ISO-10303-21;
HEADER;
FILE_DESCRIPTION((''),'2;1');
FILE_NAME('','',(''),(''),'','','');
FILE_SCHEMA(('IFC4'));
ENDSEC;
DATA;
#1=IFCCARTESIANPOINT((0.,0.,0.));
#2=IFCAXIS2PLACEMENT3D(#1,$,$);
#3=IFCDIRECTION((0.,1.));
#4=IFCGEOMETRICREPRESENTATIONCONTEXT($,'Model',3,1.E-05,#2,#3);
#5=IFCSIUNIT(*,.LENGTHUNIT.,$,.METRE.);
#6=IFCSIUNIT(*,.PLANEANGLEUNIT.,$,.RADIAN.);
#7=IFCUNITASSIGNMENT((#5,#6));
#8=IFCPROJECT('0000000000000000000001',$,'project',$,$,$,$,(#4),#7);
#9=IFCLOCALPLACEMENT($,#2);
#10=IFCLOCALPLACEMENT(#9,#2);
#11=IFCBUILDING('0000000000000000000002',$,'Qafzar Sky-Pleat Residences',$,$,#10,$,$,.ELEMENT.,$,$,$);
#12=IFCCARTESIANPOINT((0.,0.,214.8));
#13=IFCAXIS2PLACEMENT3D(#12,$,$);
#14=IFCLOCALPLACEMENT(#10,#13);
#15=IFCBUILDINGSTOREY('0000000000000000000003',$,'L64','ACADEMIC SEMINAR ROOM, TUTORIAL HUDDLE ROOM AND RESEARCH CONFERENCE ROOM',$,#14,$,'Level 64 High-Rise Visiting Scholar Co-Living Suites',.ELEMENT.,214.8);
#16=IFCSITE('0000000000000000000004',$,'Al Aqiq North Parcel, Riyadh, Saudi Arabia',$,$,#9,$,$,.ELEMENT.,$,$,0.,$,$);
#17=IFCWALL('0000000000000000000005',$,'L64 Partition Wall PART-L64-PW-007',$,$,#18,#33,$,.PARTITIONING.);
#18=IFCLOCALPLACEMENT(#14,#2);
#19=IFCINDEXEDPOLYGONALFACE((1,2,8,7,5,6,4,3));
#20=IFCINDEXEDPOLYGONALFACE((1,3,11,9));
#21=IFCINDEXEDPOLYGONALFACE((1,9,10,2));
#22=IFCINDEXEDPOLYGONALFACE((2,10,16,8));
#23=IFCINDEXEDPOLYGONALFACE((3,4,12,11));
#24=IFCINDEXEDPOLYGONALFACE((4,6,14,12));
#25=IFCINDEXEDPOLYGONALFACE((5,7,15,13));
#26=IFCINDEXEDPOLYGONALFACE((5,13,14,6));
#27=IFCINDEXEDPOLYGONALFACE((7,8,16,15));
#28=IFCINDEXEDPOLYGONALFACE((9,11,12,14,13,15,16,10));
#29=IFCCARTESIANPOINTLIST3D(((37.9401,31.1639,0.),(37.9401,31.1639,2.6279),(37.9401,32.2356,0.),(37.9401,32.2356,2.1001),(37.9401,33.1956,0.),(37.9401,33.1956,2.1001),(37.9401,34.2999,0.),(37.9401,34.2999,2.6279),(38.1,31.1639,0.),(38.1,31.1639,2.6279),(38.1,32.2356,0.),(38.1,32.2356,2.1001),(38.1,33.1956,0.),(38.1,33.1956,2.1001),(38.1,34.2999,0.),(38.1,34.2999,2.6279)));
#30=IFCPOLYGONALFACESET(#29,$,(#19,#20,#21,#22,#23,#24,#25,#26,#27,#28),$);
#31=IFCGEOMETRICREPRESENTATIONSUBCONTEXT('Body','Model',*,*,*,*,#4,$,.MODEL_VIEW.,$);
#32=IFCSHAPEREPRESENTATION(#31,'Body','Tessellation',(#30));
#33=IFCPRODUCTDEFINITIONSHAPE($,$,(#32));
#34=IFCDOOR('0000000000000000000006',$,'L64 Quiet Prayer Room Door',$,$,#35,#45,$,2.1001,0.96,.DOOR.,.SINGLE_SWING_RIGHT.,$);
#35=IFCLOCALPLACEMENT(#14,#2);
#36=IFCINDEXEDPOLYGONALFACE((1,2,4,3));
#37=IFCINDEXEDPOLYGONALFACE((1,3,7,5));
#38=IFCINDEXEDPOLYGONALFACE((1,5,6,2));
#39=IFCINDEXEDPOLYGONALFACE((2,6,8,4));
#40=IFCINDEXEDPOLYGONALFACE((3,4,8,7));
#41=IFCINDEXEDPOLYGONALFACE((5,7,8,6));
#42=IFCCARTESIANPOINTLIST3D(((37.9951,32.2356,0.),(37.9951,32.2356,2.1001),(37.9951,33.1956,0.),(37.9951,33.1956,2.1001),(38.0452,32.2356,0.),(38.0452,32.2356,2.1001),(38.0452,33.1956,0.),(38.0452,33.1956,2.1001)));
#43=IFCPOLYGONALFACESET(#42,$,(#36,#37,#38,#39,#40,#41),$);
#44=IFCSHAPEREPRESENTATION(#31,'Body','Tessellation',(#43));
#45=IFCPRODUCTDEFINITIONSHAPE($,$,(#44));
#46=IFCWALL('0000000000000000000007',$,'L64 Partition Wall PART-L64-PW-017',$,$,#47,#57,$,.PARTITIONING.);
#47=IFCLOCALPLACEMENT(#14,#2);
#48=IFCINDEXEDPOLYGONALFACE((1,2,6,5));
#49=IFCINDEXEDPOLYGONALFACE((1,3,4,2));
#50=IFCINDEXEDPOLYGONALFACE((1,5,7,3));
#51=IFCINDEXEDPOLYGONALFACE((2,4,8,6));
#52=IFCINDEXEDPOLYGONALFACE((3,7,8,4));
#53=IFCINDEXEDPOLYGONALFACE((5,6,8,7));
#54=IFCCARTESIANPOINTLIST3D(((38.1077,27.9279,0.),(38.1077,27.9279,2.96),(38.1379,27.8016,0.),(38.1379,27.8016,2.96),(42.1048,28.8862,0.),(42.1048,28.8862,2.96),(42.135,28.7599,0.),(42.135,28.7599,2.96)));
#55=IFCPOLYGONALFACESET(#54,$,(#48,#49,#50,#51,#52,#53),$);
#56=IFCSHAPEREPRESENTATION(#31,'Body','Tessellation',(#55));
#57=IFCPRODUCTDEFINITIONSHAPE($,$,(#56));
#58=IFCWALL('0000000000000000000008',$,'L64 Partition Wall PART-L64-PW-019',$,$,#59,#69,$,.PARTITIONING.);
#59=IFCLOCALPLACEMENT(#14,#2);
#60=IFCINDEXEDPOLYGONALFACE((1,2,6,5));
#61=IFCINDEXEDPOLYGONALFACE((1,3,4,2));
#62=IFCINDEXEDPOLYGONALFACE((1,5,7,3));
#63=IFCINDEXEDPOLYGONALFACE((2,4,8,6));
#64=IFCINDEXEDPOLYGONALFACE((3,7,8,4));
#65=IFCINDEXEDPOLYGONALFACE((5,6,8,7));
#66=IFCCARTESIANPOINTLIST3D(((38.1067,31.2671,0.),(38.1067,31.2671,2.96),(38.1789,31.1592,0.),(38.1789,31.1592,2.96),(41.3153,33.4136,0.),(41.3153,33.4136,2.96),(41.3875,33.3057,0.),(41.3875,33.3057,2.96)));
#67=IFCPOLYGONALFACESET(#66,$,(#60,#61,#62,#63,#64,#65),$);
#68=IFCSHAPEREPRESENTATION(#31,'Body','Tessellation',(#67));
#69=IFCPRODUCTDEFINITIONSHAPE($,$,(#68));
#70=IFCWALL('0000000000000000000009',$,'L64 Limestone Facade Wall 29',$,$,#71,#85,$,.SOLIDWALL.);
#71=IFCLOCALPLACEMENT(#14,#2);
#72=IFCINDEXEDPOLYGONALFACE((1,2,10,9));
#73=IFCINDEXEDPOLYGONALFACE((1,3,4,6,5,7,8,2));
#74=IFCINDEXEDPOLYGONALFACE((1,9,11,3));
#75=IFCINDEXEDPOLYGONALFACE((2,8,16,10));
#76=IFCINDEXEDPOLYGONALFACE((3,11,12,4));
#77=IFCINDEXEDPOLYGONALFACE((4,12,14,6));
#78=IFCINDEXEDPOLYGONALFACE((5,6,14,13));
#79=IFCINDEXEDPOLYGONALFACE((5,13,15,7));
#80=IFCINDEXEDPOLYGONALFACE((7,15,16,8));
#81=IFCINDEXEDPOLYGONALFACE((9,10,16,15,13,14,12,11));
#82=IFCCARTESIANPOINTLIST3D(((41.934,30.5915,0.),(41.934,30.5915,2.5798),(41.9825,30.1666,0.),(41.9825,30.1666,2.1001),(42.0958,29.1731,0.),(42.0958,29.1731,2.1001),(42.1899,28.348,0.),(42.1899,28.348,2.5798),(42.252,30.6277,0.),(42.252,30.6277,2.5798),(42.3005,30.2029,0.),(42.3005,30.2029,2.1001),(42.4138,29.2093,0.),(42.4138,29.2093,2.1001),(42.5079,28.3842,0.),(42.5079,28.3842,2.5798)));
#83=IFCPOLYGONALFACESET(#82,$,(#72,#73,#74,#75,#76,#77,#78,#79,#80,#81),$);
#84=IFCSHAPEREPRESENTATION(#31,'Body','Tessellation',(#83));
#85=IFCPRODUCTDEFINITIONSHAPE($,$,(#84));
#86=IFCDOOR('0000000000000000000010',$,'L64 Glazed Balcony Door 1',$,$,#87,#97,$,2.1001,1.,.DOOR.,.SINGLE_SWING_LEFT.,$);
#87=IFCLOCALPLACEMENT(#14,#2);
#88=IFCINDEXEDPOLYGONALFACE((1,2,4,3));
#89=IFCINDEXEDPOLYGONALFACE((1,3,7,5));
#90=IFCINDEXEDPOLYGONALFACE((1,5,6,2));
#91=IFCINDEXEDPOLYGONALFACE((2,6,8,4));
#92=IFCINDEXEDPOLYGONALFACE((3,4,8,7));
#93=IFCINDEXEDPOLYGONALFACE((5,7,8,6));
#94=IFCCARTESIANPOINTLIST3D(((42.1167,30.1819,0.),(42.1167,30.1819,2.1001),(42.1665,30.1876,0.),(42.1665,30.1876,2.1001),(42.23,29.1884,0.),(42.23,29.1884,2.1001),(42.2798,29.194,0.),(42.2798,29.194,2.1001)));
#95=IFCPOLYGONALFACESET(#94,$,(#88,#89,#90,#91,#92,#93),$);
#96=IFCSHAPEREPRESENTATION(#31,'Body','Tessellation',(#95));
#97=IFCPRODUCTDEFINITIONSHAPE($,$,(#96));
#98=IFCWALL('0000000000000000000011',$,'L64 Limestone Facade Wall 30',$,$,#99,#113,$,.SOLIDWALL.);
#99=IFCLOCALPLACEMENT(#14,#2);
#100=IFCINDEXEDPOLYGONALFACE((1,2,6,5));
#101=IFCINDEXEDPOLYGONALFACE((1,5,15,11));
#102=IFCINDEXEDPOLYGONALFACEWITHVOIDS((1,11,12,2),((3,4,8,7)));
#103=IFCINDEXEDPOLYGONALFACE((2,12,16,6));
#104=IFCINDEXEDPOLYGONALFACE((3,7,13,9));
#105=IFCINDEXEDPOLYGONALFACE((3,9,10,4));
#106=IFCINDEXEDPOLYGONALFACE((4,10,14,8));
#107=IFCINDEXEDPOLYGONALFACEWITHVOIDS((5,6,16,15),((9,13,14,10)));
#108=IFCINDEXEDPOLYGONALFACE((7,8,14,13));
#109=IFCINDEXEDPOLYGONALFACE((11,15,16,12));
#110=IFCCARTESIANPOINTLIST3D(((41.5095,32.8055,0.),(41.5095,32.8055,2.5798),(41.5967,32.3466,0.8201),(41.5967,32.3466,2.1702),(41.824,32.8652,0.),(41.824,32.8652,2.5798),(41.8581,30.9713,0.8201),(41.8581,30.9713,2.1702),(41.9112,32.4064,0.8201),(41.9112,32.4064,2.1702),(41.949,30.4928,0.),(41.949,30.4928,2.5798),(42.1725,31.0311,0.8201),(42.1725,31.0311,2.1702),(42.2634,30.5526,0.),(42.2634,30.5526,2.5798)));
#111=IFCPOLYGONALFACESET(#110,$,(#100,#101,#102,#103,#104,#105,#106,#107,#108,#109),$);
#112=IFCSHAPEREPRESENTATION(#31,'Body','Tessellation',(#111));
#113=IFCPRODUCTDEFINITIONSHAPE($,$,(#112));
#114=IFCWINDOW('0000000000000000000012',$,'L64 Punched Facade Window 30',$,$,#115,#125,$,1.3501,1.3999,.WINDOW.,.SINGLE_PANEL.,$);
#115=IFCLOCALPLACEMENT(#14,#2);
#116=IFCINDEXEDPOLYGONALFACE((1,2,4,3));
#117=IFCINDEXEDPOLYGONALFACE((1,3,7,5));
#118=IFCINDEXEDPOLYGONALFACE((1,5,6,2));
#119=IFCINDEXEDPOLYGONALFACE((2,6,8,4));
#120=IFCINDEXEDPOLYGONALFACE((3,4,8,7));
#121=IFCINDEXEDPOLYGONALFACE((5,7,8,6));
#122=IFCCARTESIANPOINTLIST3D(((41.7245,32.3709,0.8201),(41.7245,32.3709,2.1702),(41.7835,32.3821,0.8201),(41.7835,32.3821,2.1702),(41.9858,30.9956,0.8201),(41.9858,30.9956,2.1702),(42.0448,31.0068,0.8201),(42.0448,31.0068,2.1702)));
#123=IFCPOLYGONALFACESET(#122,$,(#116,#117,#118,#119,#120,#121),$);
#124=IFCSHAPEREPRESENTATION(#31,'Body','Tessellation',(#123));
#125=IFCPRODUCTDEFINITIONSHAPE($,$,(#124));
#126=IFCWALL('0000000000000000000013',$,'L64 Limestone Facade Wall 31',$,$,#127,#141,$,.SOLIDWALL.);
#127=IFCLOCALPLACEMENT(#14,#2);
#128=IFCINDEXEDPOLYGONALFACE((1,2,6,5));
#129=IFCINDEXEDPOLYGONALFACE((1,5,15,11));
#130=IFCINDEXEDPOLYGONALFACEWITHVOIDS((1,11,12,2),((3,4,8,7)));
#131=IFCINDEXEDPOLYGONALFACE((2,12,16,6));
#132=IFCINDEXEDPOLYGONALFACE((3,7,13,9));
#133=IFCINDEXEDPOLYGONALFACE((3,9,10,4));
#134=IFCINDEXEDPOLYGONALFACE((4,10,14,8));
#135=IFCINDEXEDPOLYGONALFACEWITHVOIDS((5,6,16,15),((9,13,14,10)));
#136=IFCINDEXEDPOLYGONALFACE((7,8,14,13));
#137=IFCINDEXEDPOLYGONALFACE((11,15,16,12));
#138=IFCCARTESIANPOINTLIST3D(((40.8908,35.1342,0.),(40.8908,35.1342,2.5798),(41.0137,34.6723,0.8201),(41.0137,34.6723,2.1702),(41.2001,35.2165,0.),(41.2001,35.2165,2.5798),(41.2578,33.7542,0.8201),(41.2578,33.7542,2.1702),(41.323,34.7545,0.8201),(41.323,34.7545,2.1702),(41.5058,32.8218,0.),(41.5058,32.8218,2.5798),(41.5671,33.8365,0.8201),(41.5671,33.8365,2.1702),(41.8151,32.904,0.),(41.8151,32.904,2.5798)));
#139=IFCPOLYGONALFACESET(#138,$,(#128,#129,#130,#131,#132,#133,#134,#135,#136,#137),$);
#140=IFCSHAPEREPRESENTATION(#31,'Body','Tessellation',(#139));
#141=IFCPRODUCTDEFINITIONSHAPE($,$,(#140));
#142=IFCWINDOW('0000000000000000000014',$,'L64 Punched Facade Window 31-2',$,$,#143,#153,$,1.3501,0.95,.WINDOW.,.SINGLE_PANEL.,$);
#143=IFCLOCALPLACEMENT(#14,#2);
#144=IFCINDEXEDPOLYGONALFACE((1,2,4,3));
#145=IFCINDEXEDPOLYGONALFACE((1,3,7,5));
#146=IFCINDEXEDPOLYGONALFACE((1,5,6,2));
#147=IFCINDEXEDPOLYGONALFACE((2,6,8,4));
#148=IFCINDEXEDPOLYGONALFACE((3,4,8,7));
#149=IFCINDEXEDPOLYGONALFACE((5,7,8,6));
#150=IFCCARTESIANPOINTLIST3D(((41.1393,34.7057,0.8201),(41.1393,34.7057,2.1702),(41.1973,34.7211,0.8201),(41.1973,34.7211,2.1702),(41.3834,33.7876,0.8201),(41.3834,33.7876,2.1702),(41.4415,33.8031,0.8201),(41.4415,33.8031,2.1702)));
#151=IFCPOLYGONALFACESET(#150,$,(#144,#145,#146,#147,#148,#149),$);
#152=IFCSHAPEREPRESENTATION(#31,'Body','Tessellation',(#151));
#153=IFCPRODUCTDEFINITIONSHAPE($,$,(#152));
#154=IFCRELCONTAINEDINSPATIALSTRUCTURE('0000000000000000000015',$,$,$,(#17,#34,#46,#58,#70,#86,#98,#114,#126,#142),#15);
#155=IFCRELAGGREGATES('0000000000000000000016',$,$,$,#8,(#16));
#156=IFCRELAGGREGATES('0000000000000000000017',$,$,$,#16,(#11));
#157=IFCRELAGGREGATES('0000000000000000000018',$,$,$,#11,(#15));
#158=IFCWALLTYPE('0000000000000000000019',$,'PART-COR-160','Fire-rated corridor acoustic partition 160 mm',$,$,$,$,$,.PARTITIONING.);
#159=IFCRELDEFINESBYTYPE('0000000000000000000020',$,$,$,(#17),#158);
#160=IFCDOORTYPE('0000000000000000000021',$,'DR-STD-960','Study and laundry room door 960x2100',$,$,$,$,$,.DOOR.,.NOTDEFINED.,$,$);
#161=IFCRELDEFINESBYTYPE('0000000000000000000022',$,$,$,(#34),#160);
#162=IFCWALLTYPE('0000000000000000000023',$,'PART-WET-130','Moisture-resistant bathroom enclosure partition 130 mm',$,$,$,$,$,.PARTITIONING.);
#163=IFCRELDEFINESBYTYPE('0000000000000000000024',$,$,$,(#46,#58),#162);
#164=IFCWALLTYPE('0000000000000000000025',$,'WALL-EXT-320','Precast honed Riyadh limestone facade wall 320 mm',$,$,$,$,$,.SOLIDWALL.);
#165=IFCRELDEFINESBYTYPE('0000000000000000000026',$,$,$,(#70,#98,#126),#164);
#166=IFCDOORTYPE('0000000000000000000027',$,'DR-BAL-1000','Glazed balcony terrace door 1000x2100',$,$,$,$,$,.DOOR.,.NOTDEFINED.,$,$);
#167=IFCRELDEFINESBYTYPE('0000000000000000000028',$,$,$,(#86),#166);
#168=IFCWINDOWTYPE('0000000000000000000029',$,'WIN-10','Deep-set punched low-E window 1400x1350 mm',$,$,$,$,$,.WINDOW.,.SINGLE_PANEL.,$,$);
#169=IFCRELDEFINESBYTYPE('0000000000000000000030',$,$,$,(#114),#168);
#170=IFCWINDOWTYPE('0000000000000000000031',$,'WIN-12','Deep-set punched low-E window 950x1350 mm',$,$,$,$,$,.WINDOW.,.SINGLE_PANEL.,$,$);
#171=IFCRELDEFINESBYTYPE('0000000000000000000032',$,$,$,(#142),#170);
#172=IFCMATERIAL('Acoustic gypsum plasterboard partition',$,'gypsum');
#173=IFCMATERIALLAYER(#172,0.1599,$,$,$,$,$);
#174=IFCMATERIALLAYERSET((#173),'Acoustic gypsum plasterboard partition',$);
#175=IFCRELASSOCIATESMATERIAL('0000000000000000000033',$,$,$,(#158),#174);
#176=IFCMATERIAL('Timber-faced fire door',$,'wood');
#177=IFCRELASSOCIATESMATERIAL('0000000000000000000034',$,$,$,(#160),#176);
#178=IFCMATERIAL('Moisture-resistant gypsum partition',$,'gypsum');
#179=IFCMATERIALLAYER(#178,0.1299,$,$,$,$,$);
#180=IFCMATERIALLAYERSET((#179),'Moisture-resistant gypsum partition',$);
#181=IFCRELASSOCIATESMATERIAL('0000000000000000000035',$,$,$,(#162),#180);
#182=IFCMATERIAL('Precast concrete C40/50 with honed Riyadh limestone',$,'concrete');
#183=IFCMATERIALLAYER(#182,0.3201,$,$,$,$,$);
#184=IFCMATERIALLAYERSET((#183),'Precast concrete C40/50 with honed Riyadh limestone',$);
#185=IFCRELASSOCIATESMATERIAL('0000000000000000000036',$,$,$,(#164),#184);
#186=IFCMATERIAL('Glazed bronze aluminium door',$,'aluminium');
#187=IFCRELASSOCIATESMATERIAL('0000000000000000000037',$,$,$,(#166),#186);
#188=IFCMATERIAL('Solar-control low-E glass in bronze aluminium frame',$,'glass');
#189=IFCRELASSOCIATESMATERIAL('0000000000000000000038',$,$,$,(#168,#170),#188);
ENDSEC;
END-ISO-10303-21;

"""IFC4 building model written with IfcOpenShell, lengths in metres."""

from ifc_helpers import new_model, si_unit, direction, frame, frame_2d, origin, place, context, subcontext, project, spatial, rectangle, extrude, source, transform, mapped, material, layer, layer_set, type_object, element, fill, save


model = new_model("IFC4")

# Units and contexts
model_context = context("Model", 3, precision=1e-05, world=origin(), true_north=direction((0.0, 1.0)))
body_context = subcontext(model_context, "Body", "Model", "MODEL_VIEW")
ifc_project = project(units=[si_unit("LENGTHUNIT", "METRE"), si_unit("PLANEANGLEUNIT", "RADIAN")], contexts=[model_context])

# Site, building, storey
site_placement = place(None, origin())
site = spatial("IfcSite", under=ifc_project, at=site_placement, Name="Al Aqiq North Parcel, Riyadh, Saudi Arabia", CompositionType="ELEMENT", RefElevation=0.0)
building_placement = place(site_placement, origin())
building = spatial("IfcBuilding", under=site, at=building_placement, Name="Qafzar Sky-Pleat Residences", CompositionType="ELEMENT")
storey_placement = place(building_placement, frame((0.0, 0.0, 214.8)))
storey = spatial("IfcBuildingStorey", under=building, at=storey_placement, Name="L64", Description="ACADEMIC SEMINAR ROOM, TUTORIAL HUDDLE ROOM AND RESEARCH CONFERENCE ROOM", LongName="Level 64 High-Rise Visiting Scholar Co-Living Suites", CompositionType="ELEMENT", Elevation=214.8)

# Wall, opening, door
ifc_material_1 = material(Name="Acoustic gypsum plasterboard partition", Category="gypsum")
ifc_layer_1 = layer(ifc_material_1, 0.1599)
ifc_layer_set_1 = layer_set([ifc_layer_1], Name="Acoustic gypsum plasterboard partition")
wall_type_1 = type_object("IfcWallType", Name="PART-COR-160", Description="Fire-rated corridor acoustic partition 160 mm", PredefinedType="PARTITIONING", material=ifc_layer_set_1)
wall_1_placement = place(storey_placement, frame((38.02, 31.1641, 0.0), z_axis=(0.0, 0.0, 1.0), x_axis=(0.0, 1.0, 0.0)))
wall_1 = element("IfcWall", 1, at=wall_1_placement, inside=storey, type_object=wall_type_1, Name="L64 Partition Wall PART-L64-PW-007", PredefinedType="PARTITIONING", context=body_context, shape_type="SweptSolid", body=[
    extrude(rectangle(XDim=3.136, YDim=0.1599, at=frame_2d((1.5679, 0.0))), origin(), (0.0, 0.0, 1.0), 2.6279),
])
opening_1_placement = place(wall_1_placement, frame((1.0715, 0.0, 0.0)))
opening_1 = element("IfcOpeningElement", 2, at=opening_1_placement, cuts=wall_1, PredefinedType="OPENING", context=body_context, shape_type="SweptSolid", body=[
    extrude(rectangle(XDim=0.96, YDim=2.1001, at=frame_2d((0.48, 1.05))), frame((0.0, 0.0898, 0.0), z_axis=(0.0, -1.0, 0.0), x_axis=(1.0, 0.0, 0.0)), (0.0, 0.0, 1.0), 0.1799),
])
ifc_material_2 = material(Name="Timber-faced fire door", Category="wood")
door_type_1 = type_object("IfcDoorType", Name="DR-STD-960", Description="Study and laundry room door 960x2100", OperationType="NOTDEFINED", PredefinedType="DOOR", material=ifc_material_2)
shared_shape_1 = source(origin(), body_context, "Body", "SweptSolid", [
    extrude(rectangle(XDim=0.96, YDim=2.1001, at=frame_2d((0.48, 1.05))), frame((0.0, 0.0249, 0.0), z_axis=(0.0, -1.0, 0.0), x_axis=(1.0, 0.0, 0.0)), (0.0, 0.0, 1.0), 0.05),
])
door_1_placement = place(opening_1_placement, origin())
door_1 = element("IfcDoor", 3, at=door_1_placement, inside=storey, type_object=door_type_1, Name="L64 Quiet Prayer Room Door", OperationType="SINGLE_SWING_RIGHT", OverallHeight=2.1001, OverallWidth=0.96, PredefinedType="DOOR", context=body_context, shape_type="MappedRepresentation", body=[
    mapped(shared_shape_1, transform((0.0, 0.0, 0.0), x_axis=(1.0, 0.0, 0.0), y_axis=(0.0, 1.0, 0.0), z_axis=(0.0, 0.0, 1.0), scale=1.0)),
])
fill(opening_1, door_1)

# Walls
ifc_material_3 = material(Name="Moisture-resistant gypsum partition", Category="gypsum")
ifc_layer_2 = layer(ifc_material_3, 0.1299)
ifc_layer_set_2 = layer_set([ifc_layer_2], Name="Moisture-resistant gypsum partition")
wall_type_2 = type_object("IfcWallType", Name="PART-WET-130", Description="Moisture-resistant bathroom enclosure partition 130 mm", PredefinedType="PARTITIONING", material=ifc_layer_set_2)
wall_2_placement = place(storey_placement, frame((38.1228, 27.8647, 0.0), z_axis=(0.0, 0.0, 1.0), x_axis=(0.972445, 0.233133, 0.0)))
element("IfcWall", 4, at=wall_2_placement, inside=storey, type_object=wall_type_2, Name="L64 Partition Wall PART-L64-PW-017", PredefinedType="PARTITIONING", context=body_context, shape_type="SweptSolid", body=[
    extrude(rectangle(XDim=4.1104, YDim=0.1299, at=frame_2d((2.0552, 0.0))), origin(), (0.0, 0.0, 1.0), 2.96),
])
wall_3_placement = place(storey_placement, frame((38.1428, 31.2131, 0.0), z_axis=(0.0, 0.0, 1.0), x_axis=(0.831154, 0.556042, 0.0)))
element("IfcWall", 5, at=wall_3_placement, inside=storey, type_object=wall_type_2, Name="L64 Partition Wall PART-L64-PW-019", PredefinedType="PARTITIONING", context=body_context, shape_type="SweptSolid", body=[
    extrude(rectangle(XDim=3.8604, YDim=0.1299, at=frame_2d((1.9302, 0.0))), origin(), (0.0, 0.0, 1.0), 2.96),
])

# Wall, opening, door
ifc_material_4 = material(Name="Precast concrete C40/50 with honed Riyadh limestone", Category="concrete")
ifc_layer_3 = layer(ifc_material_4, 0.3201)
ifc_layer_set_3 = layer_set([ifc_layer_3], Name="Precast concrete C40/50 with honed Riyadh limestone")
wall_type_3 = type_object("IfcWallType", Name="WALL-EXT-320", Description="Precast honed Riyadh limestone facade wall 320 mm", PredefinedType="SOLIDWALL", material=ifc_layer_set_3)
wall_4_placement = place(storey_placement, frame((42.3489, 28.3662, 0.0), z_axis=(0.0, 0.0, 1.0), x_axis=(-0.113315, 0.993559, 0.0)))
wall_4 = element("IfcWall", 6, at=wall_4_placement, inside=storey, type_object=wall_type_3, Name="L64 Limestone Facade Wall 29", PredefinedType="SOLIDWALL", context=body_context, shape_type="SweptSolid", body=[
    extrude(rectangle(XDim=2.2581, YDim=0.3201, at=frame_2d((1.1289, 0.0))), origin(), (0.0, 0.0, 1.0), 2.5798),
])
opening_2_placement = place(wall_4_placement, frame((0.8303, 0.0, 0.0)))
opening_2 = element("IfcOpeningElement", 7, at=opening_2_placement, cuts=wall_4, PredefinedType="OPENING", context=body_context, shape_type="SweptSolid", body=[
    extrude(rectangle(XDim=1.0, YDim=2.1001, at=frame_2d((0.5, 1.05))), frame((0.0, 0.1699, 0.0), z_axis=(0.0, -1.0, 0.0), x_axis=(1.0, 0.0, 0.0)), (0.0, 0.0, 1.0), 0.3401),
])
ifc_material_5 = material(Name="Glazed bronze aluminium door", Category="aluminium")
door_type_2 = type_object("IfcDoorType", Name="DR-BAL-1000", Description="Glazed balcony terrace door 1000x2100", OperationType="NOTDEFINED", PredefinedType="DOOR", material=ifc_material_5)
shared_shape_2 = source(origin(), body_context, "Body", "SweptSolid", [
    extrude(rectangle(XDim=1.0, YDim=2.1001, at=frame_2d((0.5, 1.05))), frame((0.0, 0.0249, 0.0), z_axis=(0.0, -1.0, 0.0), x_axis=(1.0, 0.0, 0.0)), (0.0, 0.0, 1.0), 0.05),
])
door_2_placement = place(opening_2_placement, origin())
door_2 = element("IfcDoor", 8, at=door_2_placement, inside=storey, type_object=door_type_2, Name="L64 Glazed Balcony Door 1", OperationType="SINGLE_SWING_LEFT", OverallHeight=2.1001, OverallWidth=1.0, PredefinedType="DOOR", context=body_context, shape_type="MappedRepresentation", body=[
    mapped(shared_shape_2, transform((0.0, 0.0, 0.0), x_axis=(1.0, 0.0, 0.0), y_axis=(0.0, 1.0, 0.0), z_axis=(0.0, 0.0, 1.0), scale=1.0)),
])
fill(opening_2, door_2)

# Walls, openings, windows
wall_5_placement = place(storey_placement, frame((42.1062, 30.5227, 0.0), z_axis=(0.0, 0.0, 1.0), x_axis=(-0.186674, 0.982422, 0.0)))
wall_5 = element("IfcWall", 9, at=wall_5_placement, inside=storey, type_object=wall_type_3, Name="L64 Limestone Facade Wall 30", PredefinedType="SOLIDWALL", context=body_context, shape_type="SweptSolid", body=[
    extrude(rectangle(XDim=2.354, YDim=0.3201, at=frame_2d((1.177, 0.0))), origin(), (0.0, 0.0, 1.0), 2.5798),
])
opening_3_placement = place(wall_5_placement, frame((0.4871, 0.0, 0.8201)))
opening_3 = element("IfcOpeningElement", 10, at=opening_3_placement, cuts=wall_5, PredefinedType="OPENING", context=body_context, shape_type="SweptSolid", body=[
    extrude(rectangle(XDim=1.3999, YDim=1.3501, at=frame_2d((0.7, 0.675))), frame((0.0, 0.1699, 0.0), z_axis=(0.0, -1.0, 0.0), x_axis=(1.0, 0.0, 0.0)), (0.0, 0.0, 1.0), 0.3401),
])
ifc_material_6 = material(Name="Solar-control low-E glass in bronze aluminium frame", Category="glass")
window_type_1 = type_object("IfcWindowType", Name="WIN-10", Description="Deep-set punched low-E window 1400x1350 mm", PartitioningType="SINGLE_PANEL", PredefinedType="WINDOW", material=ifc_material_6)
shared_shape_3 = source(origin(), body_context, "Body", "SweptSolid", [
    extrude(rectangle(XDim=1.3999, YDim=1.3501, at=frame_2d((0.7, 0.675))), frame((0.0, 0.03, 0.0), z_axis=(0.0, -1.0, 0.0), x_axis=(1.0, 0.0, 0.0)), (0.0, 0.0, 1.0), 0.0601),
])
window_1_placement = place(opening_3_placement, origin())
window_1 = element("IfcWindow", 11, at=window_1_placement, inside=storey, type_object=window_type_1, Name="L64 Punched Facade Window 30", OverallHeight=1.3501, OverallWidth=1.3999, PartitioningType="SINGLE_PANEL", PredefinedType="WINDOW", context=body_context, shape_type="MappedRepresentation", body=[
    mapped(shared_shape_3, transform((0.0, 0.0, 0.0), x_axis=(1.0, 0.0, 0.0), y_axis=(0.0, 1.0, 0.0), z_axis=(0.0, 0.0, 1.0), scale=1.0)),
])
fill(opening_3, window_1)
wall_6_placement = place(storey_placement, frame((41.6604, 32.863, 0.0), z_axis=(0.0, 0.0, 1.0), x_axis=(-0.257009, 0.966409, 0.0)))
wall_6 = element("IfcWall", 12, at=wall_6_placement, inside=storey, type_object=wall_type_3, Name="L64 Limestone Facade Wall 31", PredefinedType="SOLIDWALL", context=body_context, shape_type="SweptSolid", body=[
    extrude(rectangle(XDim=2.3928, YDim=0.3201, at=frame_2d((1.1963, 0.0))), origin(), (0.0, 0.0, 1.0), 2.5798),
])
opening_4_placement = place(wall_6_placement, frame((0.9646, 0.0, 0.8201)))
opening_4 = element("IfcOpeningElement", 13, at=opening_4_placement, cuts=wall_6, PredefinedType="OPENING", context=body_context, shape_type="SweptSolid", body=[
    extrude(rectangle(XDim=0.95, YDim=1.3501, at=frame_2d((0.4751, 0.675))), frame((0.0, 0.1699, 0.0), z_axis=(0.0, -1.0, 0.0), x_axis=(1.0, 0.0, 0.0)), (0.0, 0.0, 1.0), 0.3401),
])
window_type_2 = type_object("IfcWindowType", Name="WIN-12", Description="Deep-set punched low-E window 950x1350 mm", PartitioningType="SINGLE_PANEL", PredefinedType="WINDOW", material=ifc_material_6)
shared_shape_4 = source(origin(), body_context, "Body", "SweptSolid", [
    extrude(rectangle(XDim=0.95, YDim=1.3501, at=frame_2d((0.4751, 0.675))), frame((0.0, 0.03, 0.0), z_axis=(0.0, -1.0, 0.0), x_axis=(1.0, 0.0, 0.0)), (0.0, 0.0, 1.0), 0.0601),
])
window_2_placement = place(opening_4_placement, origin())
window_2 = element("IfcWindow", 14, at=window_2_placement, inside=storey, type_object=window_type_2, Name="L64 Punched Facade Window 31-2", OverallHeight=1.3501, OverallWidth=0.95, PartitioningType="SINGLE_PANEL", PredefinedType="WINDOW", context=body_context, shape_type="MappedRepresentation", body=[
    mapped(shared_shape_4, transform((0.0, 0.0, 0.0), x_axis=(1.0, 0.0, 0.0), y_axis=(0.0, 1.0, 0.0), z_axis=(0.0, 0.0, 1.0), scale=1.0)),
])
fill(opening_4, window_2)

save(model, "model.ifc")
